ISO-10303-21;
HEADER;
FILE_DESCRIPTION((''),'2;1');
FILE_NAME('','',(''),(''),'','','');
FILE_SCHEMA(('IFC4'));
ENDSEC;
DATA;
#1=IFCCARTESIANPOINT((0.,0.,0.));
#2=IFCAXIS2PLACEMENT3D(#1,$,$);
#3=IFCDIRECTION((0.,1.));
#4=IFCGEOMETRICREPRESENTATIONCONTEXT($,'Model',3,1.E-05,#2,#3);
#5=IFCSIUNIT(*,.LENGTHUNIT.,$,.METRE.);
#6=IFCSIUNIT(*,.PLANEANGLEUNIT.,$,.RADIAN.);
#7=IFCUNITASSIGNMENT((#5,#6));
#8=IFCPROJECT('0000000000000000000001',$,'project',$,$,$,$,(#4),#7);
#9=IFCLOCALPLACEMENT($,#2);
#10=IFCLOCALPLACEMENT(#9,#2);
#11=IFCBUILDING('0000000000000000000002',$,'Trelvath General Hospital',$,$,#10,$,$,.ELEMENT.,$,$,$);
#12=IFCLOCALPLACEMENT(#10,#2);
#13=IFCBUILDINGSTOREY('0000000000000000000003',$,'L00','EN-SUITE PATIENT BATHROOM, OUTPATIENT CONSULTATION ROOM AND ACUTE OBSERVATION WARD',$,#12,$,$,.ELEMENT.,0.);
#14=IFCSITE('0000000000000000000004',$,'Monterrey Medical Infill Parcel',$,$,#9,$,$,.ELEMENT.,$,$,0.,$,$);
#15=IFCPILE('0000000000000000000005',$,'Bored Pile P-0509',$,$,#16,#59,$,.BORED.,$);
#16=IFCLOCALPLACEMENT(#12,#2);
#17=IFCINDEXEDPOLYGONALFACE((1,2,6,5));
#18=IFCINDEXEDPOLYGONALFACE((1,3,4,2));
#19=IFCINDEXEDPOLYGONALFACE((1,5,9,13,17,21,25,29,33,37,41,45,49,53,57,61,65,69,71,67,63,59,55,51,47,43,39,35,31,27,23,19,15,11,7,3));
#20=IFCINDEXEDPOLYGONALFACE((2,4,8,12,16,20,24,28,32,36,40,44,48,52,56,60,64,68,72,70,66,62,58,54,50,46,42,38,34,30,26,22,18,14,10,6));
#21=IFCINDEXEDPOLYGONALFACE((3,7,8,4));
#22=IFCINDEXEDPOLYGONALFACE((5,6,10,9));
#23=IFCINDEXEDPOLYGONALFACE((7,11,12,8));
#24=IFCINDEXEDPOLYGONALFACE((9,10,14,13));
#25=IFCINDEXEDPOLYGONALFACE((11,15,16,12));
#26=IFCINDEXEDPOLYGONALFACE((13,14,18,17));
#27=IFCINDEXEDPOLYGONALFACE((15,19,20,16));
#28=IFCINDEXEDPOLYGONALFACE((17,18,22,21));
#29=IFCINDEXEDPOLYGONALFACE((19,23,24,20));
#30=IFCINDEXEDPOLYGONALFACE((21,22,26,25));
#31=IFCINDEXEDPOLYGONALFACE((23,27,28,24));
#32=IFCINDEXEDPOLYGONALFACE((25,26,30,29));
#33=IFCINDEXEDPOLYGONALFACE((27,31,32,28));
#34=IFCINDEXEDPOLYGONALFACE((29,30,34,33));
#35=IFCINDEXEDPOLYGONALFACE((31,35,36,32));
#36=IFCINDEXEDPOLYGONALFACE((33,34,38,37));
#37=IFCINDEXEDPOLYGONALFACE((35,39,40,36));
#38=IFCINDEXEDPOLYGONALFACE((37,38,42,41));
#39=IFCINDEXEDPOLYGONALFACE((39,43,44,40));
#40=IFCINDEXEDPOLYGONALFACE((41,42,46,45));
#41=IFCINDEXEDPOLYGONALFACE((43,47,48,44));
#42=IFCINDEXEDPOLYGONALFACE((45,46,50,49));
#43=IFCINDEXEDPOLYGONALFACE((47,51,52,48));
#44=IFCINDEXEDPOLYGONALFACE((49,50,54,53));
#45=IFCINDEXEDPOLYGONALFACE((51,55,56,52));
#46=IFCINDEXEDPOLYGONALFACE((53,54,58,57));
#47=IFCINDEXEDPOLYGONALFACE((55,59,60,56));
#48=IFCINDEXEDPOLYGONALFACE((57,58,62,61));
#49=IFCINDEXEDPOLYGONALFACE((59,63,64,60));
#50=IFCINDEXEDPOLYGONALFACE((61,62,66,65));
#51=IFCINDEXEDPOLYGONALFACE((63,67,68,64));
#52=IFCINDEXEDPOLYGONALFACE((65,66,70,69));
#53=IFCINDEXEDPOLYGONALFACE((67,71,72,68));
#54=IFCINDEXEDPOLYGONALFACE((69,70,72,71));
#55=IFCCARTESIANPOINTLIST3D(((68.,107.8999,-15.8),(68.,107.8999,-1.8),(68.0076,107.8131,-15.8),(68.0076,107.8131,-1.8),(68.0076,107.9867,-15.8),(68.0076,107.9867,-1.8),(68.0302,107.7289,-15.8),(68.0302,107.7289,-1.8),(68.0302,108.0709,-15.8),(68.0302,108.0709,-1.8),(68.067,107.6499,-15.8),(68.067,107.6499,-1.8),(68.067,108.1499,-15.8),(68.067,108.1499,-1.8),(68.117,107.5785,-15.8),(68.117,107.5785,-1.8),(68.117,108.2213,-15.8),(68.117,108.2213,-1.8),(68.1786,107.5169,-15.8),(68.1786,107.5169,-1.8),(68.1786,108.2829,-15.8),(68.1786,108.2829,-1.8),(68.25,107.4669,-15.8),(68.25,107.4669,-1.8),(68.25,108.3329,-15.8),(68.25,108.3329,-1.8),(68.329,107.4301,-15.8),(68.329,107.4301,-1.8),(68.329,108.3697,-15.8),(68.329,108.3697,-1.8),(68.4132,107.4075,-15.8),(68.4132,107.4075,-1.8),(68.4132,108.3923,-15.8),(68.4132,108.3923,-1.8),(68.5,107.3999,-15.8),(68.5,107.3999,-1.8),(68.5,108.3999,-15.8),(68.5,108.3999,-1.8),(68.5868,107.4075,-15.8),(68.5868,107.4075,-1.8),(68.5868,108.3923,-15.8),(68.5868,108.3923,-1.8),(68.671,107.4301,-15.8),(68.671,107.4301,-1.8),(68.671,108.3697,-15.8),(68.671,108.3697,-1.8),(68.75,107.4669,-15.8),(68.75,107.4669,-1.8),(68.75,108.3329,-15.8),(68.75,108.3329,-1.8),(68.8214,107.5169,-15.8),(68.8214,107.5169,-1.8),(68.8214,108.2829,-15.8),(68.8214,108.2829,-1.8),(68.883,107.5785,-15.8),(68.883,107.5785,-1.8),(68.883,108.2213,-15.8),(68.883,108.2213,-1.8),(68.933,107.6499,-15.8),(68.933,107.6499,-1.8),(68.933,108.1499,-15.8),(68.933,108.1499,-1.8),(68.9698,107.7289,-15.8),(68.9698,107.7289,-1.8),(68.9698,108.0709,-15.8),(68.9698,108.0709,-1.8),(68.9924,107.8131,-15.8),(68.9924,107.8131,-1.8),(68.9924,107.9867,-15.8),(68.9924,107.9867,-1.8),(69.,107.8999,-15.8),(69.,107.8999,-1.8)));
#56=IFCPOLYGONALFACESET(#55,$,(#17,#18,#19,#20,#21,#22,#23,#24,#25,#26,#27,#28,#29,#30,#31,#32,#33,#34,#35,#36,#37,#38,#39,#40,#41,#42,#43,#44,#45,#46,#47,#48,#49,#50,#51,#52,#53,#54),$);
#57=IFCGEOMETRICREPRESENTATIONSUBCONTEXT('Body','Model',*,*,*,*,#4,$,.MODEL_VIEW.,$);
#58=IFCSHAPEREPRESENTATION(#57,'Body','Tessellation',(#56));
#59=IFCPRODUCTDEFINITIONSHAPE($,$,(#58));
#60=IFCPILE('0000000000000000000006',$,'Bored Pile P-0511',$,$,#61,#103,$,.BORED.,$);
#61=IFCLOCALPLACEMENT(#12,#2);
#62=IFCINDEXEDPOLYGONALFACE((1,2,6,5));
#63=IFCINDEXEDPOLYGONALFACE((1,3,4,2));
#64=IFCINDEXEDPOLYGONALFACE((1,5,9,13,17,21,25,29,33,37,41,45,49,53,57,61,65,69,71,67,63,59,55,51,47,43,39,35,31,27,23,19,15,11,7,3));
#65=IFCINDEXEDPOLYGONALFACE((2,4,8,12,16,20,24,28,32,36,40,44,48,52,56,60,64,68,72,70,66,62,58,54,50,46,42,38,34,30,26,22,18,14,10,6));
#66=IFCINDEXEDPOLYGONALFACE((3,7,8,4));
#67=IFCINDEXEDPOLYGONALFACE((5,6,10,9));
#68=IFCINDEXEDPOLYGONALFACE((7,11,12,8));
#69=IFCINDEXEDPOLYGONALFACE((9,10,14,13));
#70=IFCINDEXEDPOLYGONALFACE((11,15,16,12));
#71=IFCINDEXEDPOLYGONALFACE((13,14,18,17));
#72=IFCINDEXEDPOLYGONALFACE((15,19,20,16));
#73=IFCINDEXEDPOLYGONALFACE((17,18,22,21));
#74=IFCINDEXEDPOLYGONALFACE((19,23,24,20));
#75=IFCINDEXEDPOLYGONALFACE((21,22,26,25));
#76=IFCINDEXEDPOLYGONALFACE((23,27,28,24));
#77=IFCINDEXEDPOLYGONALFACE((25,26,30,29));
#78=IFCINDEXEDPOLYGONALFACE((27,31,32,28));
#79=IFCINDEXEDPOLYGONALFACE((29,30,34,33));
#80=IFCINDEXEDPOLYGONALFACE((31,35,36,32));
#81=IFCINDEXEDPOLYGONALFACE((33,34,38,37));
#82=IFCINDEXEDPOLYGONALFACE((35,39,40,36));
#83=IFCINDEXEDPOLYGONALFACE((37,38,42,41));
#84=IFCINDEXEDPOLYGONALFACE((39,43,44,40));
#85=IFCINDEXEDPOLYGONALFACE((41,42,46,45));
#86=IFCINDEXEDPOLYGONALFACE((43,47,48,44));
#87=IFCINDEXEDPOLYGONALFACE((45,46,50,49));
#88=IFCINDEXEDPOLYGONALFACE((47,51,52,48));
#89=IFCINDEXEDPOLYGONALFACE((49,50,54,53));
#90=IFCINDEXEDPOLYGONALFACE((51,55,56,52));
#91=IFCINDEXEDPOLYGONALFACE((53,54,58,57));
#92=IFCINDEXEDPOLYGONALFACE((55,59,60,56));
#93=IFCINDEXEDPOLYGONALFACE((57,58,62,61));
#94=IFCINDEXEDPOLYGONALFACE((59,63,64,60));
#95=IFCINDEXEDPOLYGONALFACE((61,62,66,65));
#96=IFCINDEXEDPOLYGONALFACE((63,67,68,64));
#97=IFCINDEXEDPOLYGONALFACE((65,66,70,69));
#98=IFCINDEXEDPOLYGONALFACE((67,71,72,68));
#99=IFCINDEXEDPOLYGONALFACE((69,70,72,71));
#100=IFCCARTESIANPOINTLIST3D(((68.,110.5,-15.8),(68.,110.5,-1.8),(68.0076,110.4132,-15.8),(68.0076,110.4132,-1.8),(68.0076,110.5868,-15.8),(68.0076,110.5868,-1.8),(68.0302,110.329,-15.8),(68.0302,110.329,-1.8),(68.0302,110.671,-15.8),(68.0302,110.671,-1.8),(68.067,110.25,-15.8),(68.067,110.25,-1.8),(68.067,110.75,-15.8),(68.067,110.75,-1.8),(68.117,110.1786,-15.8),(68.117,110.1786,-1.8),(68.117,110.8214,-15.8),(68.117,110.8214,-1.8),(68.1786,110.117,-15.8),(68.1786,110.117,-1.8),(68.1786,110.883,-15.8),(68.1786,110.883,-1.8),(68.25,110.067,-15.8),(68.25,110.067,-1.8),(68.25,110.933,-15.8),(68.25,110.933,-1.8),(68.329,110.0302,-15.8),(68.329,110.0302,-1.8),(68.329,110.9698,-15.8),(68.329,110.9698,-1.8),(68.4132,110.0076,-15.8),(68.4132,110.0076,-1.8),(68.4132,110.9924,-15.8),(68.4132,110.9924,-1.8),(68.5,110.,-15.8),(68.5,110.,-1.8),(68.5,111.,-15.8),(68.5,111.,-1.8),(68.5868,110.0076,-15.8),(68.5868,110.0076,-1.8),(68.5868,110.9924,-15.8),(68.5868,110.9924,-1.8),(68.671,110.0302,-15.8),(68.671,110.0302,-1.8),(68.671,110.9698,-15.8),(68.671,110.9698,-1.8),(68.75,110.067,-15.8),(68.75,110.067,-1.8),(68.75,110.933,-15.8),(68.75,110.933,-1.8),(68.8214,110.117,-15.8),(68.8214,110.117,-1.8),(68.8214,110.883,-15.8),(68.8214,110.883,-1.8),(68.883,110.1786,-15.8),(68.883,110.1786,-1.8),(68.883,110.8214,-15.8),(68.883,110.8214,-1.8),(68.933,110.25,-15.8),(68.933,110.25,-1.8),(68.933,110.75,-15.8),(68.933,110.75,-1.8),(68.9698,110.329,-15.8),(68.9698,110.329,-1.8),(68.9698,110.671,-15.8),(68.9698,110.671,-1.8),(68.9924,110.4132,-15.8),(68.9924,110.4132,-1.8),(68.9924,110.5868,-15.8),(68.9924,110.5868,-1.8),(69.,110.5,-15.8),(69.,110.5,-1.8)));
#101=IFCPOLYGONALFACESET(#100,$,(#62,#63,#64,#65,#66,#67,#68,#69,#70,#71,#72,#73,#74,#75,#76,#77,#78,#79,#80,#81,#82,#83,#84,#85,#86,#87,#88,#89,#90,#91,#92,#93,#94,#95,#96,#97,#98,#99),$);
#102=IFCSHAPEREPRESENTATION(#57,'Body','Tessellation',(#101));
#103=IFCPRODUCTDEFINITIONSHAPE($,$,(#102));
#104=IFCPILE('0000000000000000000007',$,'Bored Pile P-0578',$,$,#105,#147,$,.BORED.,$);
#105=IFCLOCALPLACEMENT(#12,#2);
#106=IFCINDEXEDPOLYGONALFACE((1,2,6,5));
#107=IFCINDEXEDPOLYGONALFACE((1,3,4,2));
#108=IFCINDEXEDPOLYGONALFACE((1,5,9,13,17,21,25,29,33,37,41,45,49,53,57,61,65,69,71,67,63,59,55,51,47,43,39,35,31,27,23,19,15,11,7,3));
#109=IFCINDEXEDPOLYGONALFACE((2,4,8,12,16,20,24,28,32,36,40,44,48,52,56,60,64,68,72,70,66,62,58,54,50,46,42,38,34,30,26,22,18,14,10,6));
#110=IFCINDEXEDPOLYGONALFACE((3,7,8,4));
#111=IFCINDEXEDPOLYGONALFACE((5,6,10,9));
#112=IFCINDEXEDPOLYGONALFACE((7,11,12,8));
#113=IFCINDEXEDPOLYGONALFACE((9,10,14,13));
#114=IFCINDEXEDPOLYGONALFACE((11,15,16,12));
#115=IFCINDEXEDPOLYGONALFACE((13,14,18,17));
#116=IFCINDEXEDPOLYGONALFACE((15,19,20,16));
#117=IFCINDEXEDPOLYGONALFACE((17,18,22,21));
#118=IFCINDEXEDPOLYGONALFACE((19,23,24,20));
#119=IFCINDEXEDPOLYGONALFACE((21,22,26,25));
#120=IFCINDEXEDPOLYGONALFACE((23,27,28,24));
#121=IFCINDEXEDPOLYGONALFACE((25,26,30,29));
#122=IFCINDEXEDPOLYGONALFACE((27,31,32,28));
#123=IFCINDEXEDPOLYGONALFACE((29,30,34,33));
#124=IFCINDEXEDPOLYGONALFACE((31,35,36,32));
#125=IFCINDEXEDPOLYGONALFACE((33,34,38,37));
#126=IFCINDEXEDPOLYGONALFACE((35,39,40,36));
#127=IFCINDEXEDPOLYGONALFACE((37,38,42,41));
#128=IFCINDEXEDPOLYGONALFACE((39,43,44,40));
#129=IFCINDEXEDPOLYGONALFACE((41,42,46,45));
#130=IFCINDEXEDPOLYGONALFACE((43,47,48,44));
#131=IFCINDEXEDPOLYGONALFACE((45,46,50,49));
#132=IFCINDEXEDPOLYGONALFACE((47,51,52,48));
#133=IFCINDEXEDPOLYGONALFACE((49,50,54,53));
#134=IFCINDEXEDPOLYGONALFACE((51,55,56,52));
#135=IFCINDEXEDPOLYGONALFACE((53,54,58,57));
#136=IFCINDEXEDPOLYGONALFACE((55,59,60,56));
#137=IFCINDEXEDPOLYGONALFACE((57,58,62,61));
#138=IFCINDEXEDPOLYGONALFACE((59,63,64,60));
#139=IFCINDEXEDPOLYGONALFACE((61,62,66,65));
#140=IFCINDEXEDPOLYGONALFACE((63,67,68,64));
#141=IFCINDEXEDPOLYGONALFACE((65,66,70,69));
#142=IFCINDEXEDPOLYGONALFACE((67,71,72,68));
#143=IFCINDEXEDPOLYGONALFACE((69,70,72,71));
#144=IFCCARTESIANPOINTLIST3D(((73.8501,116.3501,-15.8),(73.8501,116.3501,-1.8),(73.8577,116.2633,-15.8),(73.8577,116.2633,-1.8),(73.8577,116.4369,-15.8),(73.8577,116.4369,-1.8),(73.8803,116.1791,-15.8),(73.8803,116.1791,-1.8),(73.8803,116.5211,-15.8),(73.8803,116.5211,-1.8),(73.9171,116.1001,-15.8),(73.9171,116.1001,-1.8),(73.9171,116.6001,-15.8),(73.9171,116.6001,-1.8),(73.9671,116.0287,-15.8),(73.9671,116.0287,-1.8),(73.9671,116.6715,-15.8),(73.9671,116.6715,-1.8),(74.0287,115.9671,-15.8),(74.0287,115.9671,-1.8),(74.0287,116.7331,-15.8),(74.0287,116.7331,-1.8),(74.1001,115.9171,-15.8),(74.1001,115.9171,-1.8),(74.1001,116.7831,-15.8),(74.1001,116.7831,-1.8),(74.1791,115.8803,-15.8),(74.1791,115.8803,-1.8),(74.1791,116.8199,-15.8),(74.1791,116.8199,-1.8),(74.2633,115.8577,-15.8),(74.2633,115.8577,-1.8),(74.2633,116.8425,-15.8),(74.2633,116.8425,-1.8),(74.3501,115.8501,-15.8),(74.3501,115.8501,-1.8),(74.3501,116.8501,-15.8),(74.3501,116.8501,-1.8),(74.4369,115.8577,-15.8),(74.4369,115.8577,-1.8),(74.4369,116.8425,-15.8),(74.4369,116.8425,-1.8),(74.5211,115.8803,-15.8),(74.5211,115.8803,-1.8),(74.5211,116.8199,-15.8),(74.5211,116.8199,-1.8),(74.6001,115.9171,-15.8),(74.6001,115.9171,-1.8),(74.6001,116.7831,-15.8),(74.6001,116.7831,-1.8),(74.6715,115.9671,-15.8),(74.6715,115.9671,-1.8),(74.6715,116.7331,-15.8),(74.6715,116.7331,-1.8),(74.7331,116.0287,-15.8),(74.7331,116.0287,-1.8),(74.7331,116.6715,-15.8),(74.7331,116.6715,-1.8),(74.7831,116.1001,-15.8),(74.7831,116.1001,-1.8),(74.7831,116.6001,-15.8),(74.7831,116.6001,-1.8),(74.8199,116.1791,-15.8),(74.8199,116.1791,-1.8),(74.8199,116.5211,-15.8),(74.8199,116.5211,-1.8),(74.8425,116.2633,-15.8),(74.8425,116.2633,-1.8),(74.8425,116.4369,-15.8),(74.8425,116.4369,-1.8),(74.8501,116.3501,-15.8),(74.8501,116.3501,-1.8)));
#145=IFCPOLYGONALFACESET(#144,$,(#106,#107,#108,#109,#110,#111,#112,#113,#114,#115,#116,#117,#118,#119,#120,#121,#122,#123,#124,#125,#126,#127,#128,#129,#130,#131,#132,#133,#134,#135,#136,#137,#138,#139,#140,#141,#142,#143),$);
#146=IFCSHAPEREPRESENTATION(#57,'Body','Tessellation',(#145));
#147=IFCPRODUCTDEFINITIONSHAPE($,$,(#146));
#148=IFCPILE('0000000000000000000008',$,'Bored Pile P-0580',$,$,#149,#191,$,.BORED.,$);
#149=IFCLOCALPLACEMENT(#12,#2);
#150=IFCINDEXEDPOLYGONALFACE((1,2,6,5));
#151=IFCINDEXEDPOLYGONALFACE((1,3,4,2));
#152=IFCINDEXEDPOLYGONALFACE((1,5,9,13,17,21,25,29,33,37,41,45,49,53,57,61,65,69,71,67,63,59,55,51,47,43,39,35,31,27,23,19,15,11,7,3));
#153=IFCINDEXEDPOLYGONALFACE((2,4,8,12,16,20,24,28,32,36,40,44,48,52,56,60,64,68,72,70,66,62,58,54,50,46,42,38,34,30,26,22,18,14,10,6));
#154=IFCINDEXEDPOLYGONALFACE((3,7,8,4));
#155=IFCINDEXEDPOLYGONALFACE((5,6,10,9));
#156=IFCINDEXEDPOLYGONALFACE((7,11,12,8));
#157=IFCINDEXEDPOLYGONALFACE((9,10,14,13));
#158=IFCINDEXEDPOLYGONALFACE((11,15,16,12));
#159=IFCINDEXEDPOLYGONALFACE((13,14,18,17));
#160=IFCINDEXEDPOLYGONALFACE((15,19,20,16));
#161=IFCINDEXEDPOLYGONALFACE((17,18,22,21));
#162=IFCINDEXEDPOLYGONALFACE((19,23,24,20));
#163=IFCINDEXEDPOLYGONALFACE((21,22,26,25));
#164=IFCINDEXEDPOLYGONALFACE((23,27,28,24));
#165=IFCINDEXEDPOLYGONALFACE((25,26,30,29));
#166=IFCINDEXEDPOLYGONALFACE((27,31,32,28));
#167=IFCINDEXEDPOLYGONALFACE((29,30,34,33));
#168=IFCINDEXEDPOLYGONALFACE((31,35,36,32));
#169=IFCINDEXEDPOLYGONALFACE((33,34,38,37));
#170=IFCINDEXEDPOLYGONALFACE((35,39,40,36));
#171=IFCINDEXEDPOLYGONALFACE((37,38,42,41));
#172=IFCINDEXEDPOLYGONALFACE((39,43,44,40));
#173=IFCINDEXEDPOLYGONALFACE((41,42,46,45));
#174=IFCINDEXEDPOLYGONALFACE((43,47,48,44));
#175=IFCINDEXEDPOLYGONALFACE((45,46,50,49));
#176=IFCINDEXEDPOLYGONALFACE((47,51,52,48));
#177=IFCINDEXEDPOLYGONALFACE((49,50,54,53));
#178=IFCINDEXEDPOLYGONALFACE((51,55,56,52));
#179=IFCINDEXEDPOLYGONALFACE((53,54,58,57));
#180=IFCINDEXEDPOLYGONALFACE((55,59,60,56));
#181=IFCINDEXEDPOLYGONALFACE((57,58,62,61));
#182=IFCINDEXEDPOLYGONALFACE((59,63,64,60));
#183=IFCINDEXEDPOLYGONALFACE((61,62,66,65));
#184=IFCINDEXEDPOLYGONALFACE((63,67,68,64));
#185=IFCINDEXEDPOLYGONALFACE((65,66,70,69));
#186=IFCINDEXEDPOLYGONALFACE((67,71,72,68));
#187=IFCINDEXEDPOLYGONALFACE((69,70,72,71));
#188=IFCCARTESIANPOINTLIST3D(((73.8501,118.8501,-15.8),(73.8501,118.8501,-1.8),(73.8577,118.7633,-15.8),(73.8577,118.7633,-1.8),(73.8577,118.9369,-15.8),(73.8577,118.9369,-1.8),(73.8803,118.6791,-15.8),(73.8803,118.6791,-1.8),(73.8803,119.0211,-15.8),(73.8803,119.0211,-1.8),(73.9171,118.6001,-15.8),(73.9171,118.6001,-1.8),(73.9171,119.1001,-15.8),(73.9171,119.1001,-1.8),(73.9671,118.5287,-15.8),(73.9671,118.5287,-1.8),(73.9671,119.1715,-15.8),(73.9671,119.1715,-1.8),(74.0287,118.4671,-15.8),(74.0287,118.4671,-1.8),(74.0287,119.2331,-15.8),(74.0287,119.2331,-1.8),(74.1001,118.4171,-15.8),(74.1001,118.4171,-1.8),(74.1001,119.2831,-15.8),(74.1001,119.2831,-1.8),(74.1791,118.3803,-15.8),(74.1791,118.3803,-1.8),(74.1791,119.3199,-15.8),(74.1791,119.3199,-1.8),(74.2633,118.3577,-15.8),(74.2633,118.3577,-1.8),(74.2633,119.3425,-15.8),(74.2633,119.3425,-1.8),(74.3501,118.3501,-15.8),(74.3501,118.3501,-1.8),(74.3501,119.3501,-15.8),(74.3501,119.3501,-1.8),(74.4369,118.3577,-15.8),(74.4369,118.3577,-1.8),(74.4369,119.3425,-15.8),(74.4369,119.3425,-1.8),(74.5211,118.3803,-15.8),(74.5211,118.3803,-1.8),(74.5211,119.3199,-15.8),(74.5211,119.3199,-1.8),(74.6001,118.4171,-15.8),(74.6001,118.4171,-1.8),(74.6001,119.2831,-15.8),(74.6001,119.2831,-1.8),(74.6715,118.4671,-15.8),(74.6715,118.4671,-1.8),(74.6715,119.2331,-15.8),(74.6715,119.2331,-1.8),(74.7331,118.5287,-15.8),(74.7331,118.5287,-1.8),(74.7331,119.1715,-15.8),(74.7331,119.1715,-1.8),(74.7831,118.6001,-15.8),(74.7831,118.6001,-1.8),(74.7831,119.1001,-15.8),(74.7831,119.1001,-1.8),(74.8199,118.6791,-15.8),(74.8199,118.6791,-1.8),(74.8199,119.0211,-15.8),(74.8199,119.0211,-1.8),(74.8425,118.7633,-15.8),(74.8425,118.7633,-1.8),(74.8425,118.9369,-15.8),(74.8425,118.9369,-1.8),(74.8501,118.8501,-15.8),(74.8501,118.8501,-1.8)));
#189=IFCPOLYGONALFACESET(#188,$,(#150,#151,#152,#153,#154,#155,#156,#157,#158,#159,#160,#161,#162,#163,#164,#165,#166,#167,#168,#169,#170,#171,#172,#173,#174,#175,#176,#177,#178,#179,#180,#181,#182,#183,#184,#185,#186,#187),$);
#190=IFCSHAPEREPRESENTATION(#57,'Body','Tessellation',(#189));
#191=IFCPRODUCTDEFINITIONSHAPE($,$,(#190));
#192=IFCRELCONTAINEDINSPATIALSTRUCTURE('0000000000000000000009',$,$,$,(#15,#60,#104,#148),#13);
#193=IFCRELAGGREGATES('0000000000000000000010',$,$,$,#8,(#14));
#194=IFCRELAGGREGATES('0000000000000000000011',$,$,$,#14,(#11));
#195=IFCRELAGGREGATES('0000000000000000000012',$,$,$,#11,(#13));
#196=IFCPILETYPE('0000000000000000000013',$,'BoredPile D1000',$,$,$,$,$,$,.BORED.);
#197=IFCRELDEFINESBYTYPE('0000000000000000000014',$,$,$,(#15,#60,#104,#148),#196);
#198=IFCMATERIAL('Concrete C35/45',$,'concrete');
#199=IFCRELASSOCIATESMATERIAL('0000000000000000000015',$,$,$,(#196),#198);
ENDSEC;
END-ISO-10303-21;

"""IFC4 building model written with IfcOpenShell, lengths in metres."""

from ifc_helpers import new_model, si_unit, direction, frame, origin, origin_2d, place, context, subcontext, project, spatial, circle, extrude, material, material_profile, profile_set, type_object, element, save


model = new_model("IFC4")

# Units and contexts
model_context = context("Model", 3, precision=1e-05, world=origin(), true_north=direction((0.0, 1.0)))
body_context = subcontext(model_context, "Body", "Model", "MODEL_VIEW")
ifc_project = project(units=[si_unit("LENGTHUNIT", "METRE"), si_unit("PLANEANGLEUNIT", "RADIAN")], contexts=[model_context])

# Site, building, storey
site_placement = place(None, origin())
site = spatial("IfcSite", under=ifc_project, at=site_placement, Name="Monterrey Medical Infill Parcel", CompositionType="ELEMENT", RefElevation=0.0)
building_placement = place(site_placement, origin())
building = spatial("IfcBuilding", under=site, at=building_placement, Name="Trelvath General Hospital", CompositionType="ELEMENT")
storey_placement = place(building_placement, origin())
storey = spatial("IfcBuildingStorey", under=building, at=storey_placement, Name="L00", Description="EN-SUITE PATIENT BATHROOM, OUTPATIENT CONSULTATION ROOM AND ACUTE OBSERVATION WARD", CompositionType="ELEMENT", Elevation=0.0)

# Piles
ifc_material_1 = material(Name="Concrete C35/45", Category="concrete")
ifc_material_profile_1 = material_profile(ifc_material_1, circle(Radius=0.5, at=origin_2d()), Name="PILE1000")
ifc_profile_set_1 = profile_set([ifc_material_profile_1], Name="Concrete C35/45")
pile_type_1 = type_object("IfcPileType", Name="BoredPile D1000", PredefinedType="BORED", material=ifc_profile_set_1)
for number, where, z_axis, x_axis, name in (
    (1, (68.5, 107.8999, -1.8), (0.0, 0.0, -1.0), (1.0, 0.0, 0.0), "Bored Pile P-0509"),
    (2, (68.5, 110.5, -1.8), (0.0, 0.0, -1.0), (1.0, 0.0, 0.0), "Bored Pile P-0511"),
    (3, (74.3501, 116.3501, -1.8), (0.0, 0.0, -1.0), (1.0, 0.0, 0.0), "Bored Pile P-0578"),
    (4, (74.3501, 118.8501, -1.8), (0.0, 0.0, -1.0), (1.0, 0.0, 0.0), "Bored Pile P-0580"),
):
    element("IfcPile", number, at=place(storey_placement, frame(where, z_axis=z_axis, x_axis=x_axis)), inside=storey, type_object=pile_type_1, Name=name, PredefinedType="BORED", context=body_context, shape_type="SweptSolid", body=[
        extrude(circle(Radius=0.5, at=origin_2d()), origin(), (0.0, 0.0, 1.0), 14.0),
    ])

save(model, "model.ifc")
